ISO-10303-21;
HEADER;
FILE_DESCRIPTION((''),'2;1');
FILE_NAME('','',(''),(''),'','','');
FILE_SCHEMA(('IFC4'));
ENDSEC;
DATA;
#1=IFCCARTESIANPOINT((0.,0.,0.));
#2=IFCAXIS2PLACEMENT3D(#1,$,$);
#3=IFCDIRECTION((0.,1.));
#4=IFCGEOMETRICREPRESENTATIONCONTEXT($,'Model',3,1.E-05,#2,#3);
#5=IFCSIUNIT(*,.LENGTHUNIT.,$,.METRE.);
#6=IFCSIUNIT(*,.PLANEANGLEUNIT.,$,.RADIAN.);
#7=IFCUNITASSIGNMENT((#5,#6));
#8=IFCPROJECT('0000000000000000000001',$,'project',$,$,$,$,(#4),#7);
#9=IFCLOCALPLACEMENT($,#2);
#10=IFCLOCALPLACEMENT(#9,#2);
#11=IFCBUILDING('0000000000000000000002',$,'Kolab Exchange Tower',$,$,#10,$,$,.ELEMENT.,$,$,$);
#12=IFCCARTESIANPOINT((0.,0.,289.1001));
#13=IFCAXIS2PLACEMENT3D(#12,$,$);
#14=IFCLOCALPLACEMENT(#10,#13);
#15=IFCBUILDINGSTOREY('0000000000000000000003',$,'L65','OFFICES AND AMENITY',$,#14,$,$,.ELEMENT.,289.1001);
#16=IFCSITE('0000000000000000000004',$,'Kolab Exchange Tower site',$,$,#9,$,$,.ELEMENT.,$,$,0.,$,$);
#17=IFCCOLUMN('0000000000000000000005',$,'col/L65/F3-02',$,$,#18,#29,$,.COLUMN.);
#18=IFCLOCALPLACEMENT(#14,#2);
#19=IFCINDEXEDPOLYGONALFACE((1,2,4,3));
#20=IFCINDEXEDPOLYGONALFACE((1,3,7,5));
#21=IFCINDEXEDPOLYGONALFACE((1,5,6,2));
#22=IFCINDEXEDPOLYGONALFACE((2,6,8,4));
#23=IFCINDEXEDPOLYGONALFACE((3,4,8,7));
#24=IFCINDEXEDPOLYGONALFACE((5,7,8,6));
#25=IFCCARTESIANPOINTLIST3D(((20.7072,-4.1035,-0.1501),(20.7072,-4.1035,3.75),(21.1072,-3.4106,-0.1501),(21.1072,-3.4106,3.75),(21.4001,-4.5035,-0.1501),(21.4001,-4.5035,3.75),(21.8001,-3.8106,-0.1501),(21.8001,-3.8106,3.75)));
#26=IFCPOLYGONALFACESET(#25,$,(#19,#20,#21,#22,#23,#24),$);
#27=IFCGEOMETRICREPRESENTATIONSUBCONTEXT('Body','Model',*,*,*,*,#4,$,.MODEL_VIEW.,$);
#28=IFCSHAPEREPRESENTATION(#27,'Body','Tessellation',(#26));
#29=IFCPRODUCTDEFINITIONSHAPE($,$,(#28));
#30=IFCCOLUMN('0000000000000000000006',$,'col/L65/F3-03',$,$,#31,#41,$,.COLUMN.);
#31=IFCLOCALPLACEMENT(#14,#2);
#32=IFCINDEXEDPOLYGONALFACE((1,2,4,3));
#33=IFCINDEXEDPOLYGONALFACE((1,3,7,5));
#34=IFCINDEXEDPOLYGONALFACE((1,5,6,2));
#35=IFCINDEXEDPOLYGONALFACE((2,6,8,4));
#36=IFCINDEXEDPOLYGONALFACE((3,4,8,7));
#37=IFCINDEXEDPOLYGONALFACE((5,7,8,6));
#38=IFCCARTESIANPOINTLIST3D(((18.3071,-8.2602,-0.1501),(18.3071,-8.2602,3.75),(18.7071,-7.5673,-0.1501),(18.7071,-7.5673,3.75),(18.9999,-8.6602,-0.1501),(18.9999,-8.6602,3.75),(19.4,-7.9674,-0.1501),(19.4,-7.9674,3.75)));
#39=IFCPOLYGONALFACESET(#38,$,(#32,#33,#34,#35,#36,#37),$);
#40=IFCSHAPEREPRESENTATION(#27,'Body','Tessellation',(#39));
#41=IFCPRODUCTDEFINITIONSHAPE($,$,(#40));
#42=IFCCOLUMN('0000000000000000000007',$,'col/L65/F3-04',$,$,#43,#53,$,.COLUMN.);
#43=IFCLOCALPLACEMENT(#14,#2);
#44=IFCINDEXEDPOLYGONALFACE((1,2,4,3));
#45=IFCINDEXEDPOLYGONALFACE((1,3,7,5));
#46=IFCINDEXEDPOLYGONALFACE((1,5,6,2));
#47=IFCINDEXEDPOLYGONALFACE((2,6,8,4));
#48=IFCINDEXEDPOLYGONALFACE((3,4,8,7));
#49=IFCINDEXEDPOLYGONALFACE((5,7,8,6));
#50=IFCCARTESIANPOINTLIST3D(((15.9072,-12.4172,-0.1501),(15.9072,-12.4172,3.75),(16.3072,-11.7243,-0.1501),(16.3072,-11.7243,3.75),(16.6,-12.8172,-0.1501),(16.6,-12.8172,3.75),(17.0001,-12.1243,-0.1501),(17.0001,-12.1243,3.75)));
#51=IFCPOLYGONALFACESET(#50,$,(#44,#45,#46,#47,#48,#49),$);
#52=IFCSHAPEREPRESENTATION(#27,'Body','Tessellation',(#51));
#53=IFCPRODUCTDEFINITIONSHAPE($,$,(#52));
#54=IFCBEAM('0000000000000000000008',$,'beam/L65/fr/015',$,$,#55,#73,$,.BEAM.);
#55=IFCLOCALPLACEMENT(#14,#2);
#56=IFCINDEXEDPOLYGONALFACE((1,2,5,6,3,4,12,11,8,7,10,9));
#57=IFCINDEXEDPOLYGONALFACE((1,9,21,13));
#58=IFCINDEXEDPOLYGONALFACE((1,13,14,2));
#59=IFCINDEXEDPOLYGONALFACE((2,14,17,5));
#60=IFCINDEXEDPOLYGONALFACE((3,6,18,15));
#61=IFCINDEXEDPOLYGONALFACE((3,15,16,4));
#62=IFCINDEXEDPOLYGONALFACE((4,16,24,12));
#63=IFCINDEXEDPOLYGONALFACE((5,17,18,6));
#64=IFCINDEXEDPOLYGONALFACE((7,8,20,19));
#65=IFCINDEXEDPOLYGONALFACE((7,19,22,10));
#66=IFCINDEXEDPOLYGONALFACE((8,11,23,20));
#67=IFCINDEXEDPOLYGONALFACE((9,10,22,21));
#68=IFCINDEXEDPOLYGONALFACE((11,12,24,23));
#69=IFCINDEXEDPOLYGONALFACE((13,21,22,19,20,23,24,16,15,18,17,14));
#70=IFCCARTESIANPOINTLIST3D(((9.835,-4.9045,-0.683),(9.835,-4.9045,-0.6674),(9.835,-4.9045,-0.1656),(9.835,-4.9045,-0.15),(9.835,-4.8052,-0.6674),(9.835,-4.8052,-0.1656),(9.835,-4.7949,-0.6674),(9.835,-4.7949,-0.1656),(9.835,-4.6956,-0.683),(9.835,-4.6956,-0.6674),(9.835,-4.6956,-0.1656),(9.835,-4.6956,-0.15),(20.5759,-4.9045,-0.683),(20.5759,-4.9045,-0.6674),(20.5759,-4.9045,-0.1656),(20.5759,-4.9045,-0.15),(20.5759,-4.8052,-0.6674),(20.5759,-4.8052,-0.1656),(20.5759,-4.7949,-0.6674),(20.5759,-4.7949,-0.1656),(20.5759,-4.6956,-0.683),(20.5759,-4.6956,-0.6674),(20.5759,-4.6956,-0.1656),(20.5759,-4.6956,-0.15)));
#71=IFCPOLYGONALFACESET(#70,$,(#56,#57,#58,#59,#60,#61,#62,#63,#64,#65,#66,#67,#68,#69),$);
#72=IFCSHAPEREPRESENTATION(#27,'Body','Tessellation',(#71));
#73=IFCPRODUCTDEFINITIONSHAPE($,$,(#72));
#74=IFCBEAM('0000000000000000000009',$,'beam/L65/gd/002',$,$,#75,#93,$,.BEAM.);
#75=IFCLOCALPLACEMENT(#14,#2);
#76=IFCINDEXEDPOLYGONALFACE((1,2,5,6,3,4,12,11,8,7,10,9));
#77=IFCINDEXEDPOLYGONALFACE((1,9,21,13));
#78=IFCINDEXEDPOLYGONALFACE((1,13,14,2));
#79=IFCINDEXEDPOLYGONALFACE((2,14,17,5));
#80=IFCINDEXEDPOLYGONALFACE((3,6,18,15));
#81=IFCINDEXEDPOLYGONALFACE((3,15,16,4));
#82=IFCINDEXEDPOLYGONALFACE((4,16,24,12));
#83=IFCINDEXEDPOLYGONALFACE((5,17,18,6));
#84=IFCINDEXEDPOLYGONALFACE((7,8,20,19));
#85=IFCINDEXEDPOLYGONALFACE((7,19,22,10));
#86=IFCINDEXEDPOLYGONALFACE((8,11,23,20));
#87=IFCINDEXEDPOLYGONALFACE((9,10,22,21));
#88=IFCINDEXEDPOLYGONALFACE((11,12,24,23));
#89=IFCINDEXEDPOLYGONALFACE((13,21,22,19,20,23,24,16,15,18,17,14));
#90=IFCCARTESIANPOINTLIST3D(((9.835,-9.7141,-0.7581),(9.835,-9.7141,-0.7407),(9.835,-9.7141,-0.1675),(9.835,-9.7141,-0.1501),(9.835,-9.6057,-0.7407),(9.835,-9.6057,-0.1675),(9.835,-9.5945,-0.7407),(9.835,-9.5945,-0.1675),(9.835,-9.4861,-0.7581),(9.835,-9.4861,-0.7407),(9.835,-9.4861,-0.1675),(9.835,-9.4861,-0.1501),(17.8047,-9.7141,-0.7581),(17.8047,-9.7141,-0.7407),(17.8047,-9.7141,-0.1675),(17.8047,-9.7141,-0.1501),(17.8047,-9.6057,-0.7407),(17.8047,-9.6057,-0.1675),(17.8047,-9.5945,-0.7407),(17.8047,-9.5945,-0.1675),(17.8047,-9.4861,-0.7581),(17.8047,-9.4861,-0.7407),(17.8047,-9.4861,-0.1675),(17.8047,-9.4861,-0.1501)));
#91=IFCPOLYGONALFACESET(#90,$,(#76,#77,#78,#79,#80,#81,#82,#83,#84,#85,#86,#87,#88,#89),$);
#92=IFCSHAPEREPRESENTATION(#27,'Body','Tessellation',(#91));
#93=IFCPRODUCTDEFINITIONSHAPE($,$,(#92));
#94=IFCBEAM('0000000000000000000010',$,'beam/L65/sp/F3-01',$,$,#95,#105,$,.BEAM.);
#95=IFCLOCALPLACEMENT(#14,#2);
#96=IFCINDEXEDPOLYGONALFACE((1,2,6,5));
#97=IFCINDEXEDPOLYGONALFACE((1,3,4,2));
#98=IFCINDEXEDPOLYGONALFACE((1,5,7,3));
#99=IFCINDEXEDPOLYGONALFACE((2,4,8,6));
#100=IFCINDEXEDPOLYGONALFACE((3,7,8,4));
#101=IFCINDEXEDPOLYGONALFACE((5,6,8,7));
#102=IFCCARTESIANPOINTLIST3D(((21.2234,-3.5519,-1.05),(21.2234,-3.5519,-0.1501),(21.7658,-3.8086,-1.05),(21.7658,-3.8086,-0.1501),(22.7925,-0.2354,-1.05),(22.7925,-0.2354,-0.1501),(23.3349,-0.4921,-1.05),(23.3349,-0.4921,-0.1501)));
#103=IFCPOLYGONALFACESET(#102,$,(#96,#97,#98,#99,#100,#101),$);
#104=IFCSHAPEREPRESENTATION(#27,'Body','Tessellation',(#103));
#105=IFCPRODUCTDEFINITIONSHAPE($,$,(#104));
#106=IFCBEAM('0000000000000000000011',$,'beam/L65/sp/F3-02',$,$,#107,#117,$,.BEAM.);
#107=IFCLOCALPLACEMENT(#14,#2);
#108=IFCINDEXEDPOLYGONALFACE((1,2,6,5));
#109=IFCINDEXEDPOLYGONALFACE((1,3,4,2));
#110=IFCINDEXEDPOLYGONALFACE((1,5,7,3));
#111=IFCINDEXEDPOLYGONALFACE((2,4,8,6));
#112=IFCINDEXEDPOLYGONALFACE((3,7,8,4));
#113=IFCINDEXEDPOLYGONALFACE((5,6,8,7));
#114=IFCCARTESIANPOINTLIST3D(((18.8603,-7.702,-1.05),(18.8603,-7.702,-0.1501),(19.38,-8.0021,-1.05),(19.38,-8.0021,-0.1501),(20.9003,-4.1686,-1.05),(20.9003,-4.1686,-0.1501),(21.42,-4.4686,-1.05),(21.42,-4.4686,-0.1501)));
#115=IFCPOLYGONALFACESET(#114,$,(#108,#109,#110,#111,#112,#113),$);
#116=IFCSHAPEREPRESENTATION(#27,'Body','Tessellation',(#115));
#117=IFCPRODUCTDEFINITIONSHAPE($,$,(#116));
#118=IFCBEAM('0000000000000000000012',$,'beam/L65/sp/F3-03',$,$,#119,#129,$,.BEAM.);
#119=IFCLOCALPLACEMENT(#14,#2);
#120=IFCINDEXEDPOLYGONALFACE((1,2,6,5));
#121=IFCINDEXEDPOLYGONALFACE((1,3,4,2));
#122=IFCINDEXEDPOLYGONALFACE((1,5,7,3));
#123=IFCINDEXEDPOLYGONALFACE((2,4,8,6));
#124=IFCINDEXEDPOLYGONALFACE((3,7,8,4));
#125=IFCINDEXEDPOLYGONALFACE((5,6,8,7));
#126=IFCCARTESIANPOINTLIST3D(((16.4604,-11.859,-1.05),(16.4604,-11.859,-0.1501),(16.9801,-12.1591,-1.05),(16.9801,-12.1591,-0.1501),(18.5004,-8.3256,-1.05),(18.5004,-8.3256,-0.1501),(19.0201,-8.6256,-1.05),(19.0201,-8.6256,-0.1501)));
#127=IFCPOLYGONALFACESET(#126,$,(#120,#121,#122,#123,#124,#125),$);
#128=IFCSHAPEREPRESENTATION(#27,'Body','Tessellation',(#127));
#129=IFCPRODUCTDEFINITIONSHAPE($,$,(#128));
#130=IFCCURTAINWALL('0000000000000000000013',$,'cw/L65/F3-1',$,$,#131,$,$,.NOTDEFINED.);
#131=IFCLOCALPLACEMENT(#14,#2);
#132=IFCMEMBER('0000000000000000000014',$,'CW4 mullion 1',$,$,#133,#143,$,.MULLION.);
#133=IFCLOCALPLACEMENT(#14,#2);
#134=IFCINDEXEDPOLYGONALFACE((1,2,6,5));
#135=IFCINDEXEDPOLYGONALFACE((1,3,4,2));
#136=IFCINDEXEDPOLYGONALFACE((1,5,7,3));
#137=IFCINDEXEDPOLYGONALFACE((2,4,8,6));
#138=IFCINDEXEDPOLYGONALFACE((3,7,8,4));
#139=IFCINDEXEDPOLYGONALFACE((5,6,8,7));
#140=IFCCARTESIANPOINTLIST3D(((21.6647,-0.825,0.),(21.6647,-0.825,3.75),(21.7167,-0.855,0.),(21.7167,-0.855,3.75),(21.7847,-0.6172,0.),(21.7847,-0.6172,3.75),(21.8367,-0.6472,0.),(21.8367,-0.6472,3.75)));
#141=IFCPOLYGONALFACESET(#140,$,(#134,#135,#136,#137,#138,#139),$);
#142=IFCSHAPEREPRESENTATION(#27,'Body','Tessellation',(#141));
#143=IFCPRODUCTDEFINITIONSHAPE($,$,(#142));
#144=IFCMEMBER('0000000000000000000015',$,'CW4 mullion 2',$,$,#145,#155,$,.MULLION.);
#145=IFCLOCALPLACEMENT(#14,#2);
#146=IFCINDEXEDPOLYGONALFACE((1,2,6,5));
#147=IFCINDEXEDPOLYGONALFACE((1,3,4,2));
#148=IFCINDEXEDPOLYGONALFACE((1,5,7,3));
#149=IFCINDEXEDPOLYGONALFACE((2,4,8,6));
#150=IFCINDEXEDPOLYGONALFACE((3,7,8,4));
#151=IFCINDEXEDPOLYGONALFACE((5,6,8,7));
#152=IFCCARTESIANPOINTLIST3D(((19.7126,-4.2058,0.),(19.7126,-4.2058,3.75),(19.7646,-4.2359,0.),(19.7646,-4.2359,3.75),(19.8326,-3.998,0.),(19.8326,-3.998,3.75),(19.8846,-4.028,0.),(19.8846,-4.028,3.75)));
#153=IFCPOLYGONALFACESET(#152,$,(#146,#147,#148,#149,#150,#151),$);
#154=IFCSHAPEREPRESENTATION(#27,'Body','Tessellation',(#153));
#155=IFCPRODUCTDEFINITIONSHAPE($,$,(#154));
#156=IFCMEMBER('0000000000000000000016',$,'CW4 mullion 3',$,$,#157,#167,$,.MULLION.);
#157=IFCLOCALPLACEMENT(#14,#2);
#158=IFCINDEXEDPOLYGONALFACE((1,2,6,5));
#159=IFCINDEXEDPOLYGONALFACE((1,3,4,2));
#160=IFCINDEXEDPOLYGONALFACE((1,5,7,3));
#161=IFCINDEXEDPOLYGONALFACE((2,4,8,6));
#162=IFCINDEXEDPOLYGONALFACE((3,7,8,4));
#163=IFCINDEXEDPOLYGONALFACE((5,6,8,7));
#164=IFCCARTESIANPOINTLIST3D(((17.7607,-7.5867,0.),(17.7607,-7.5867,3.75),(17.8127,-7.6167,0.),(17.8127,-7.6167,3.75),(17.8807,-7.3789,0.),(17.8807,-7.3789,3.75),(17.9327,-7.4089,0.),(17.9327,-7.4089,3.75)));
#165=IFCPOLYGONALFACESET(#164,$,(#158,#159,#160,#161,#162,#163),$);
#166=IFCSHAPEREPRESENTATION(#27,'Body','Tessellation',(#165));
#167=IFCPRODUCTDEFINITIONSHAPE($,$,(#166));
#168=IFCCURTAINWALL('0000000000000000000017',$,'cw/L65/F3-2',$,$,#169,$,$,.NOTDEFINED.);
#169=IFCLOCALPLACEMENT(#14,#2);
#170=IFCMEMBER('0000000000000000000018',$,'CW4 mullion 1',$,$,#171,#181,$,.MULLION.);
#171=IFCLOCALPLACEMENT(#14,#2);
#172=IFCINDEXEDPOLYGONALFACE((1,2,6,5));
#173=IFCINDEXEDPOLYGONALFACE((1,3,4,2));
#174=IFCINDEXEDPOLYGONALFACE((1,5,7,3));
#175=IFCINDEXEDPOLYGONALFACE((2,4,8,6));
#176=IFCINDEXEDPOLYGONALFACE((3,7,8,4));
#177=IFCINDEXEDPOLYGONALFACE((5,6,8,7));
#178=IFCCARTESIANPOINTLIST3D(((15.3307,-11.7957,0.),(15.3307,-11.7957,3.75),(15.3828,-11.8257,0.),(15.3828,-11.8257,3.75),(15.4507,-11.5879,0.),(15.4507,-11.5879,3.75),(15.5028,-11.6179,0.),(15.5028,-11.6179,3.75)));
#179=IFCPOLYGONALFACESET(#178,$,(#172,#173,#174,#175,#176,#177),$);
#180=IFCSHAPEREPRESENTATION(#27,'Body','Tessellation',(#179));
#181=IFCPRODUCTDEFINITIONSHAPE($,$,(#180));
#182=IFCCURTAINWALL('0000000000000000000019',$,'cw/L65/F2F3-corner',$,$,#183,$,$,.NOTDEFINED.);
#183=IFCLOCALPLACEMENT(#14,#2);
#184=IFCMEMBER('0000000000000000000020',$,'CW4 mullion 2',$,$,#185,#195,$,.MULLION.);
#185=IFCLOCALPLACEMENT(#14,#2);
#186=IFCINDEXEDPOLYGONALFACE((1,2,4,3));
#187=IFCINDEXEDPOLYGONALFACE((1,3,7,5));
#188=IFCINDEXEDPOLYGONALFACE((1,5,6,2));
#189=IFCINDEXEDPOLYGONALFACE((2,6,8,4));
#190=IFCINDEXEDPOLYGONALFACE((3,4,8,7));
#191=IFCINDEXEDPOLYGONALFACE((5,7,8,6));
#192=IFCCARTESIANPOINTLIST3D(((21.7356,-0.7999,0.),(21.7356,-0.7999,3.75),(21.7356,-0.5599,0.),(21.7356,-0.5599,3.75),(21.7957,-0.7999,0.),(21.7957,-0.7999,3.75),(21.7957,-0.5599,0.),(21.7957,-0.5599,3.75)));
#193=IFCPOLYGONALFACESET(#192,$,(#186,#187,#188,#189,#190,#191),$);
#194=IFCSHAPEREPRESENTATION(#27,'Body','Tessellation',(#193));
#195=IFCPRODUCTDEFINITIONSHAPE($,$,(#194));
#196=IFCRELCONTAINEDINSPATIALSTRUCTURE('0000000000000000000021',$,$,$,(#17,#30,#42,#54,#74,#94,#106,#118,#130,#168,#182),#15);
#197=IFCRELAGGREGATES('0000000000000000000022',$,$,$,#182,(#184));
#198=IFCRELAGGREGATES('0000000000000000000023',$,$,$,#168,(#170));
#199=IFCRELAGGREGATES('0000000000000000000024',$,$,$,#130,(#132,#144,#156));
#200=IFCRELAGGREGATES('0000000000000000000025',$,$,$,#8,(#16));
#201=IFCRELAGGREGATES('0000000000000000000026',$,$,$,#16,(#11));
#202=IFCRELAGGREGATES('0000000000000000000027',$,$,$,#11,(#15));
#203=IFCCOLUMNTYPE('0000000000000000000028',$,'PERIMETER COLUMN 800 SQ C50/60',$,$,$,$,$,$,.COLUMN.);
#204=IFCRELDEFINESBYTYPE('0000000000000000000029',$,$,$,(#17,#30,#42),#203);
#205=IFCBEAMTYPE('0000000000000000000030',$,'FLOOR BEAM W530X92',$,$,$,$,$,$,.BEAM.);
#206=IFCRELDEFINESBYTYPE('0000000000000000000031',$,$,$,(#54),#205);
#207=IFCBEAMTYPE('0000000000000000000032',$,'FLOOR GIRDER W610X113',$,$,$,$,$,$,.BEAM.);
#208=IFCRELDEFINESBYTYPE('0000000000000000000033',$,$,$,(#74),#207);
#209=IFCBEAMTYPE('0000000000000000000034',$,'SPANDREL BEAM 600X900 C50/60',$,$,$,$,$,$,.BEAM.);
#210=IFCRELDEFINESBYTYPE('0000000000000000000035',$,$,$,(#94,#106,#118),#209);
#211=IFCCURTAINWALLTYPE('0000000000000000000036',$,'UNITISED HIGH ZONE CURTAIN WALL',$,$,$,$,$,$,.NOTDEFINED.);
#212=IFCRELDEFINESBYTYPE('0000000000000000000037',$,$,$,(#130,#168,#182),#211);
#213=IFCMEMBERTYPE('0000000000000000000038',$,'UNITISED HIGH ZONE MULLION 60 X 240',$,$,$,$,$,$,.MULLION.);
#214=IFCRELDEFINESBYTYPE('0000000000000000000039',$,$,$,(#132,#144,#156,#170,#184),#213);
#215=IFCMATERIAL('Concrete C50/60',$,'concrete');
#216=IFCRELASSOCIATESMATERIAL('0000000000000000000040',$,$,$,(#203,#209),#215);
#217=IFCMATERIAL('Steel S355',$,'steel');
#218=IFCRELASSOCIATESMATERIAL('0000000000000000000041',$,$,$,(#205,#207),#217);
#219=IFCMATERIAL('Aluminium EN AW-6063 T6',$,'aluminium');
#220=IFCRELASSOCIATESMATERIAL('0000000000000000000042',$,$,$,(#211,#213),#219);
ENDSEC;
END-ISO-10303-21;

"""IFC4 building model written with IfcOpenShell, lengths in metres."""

from ifc_helpers import new_model, si_unit, direction, frame, origin, origin_2d, place, context, subcontext, project, spatial, rectangle, i_section, extrude, material, material_profile, profile_set, type_object, element, aggregate, save


model = new_model("IFC4")

# Units and contexts
model_context = context("Model", 3, precision=1e-05, world=origin(), true_north=direction((0.0, 1.0)))
body_context = subcontext(model_context, "Body", "Model", "MODEL_VIEW")
ifc_project = project(units=[si_unit("LENGTHUNIT", "METRE"), si_unit("PLANEANGLEUNIT", "RADIAN")], contexts=[model_context])

# Site, building, storey
site_placement = place(None, origin())
site = spatial("IfcSite", under=ifc_project, at=site_placement, Name="Kolab Exchange Tower site", CompositionType="ELEMENT", RefElevation=0.0)
building_placement = place(site_placement, origin())
building = spatial("IfcBuilding", under=site, at=building_placement, Name="Kolab Exchange Tower", CompositionType="ELEMENT")
storey_placement = place(building_placement, frame((0.0, 0.0, 289.1001)))
storey = spatial("IfcBuildingStorey", under=building, at=storey_placement, Name="L65", Description="OFFICES AND AMENITY", CompositionType="ELEMENT", Elevation=289.1001)

# Columns
ifc_material_1 = material(Name="Concrete C50/60", Category="concrete")
ifc_material_profile_1 = material_profile(ifc_material_1, rectangle(XDim=0.8, YDim=0.8, at=origin_2d()), Name="RC800")
ifc_profile_set_1 = profile_set([ifc_material_profile_1], Name="Concrete C50/60")
column_type = type_object("IfcColumnType", Name="PERIMETER COLUMN 800 SQ C50/60", PredefinedType="COLUMN", material=ifc_profile_set_1)
for number, where, z_axis, x_axis, name in (
    (1, (21.2537, -3.957, -0.1501), (0.0, 0.0, 1.0), (0.5, 0.866025, 0.0), "col/L65/F3-02"),
    (2, (18.8535, -8.1138, -0.1501), (0.0, 0.0, 1.0), (0.5, 0.866025, 0.0), "col/L65/F3-03"),
    (3, (16.4536, -12.2708, -0.1501), (0.0, 0.0, 1.0), (0.5, 0.866025, 0.0), "col/L65/F3-04"),
):
    element("IfcColumn", number, at=place(storey_placement, frame(where, z_axis=z_axis, x_axis=x_axis)), inside=storey, type_object=column_type, Name=name, PredefinedType="COLUMN", context=body_context, shape_type="SweptSolid", body=[
        extrude(rectangle(XDim=0.8, YDim=0.8, at=origin_2d()), origin(), (0.0, 0.0, 1.0), 3.9001),
    ])

# Beams
ifc_material_2 = material(Name="Steel S355", Category="steel")
ifc_material_profile_2 = material_profile(ifc_material_2, i_section(OverallWidth=0.209, OverallDepth=0.533, WebThickness=0.0103, FlangeThickness=0.0156, at=origin_2d()), Name="W530X92")
ifc_profile_set_2 = profile_set([ifc_material_profile_2], Name="Steel S355")
beam_type_1 = type_object("IfcBeamType", Name="FLOOR BEAM W530X92", PredefinedType="BEAM", material=ifc_profile_set_2)
beam_1_placement = place(storey_placement, frame((9.835, -4.8, -0.4165), z_axis=(1.0, 0.0, 0.0), x_axis=(0.0, 1.0, 0.0)))
element("IfcBeam", 4, at=beam_1_placement, inside=storey, type_object=beam_type_1, Name="beam/L65/fr/015", PredefinedType="BEAM", context=body_context, shape_type="SweptSolid", body=[
    extrude(i_section(OverallWidth=0.209, OverallDepth=0.533, WebThickness=0.0103, FlangeThickness=0.0156, at=origin_2d()), origin(), (0.0, 0.0, 1.0), 10.741),
])
ifc_material_profile_3 = material_profile(ifc_material_2, i_section(OverallWidth=0.228, OverallDepth=0.6079, WebThickness=0.0112, FlangeThickness=0.0173, at=origin_2d()), Name="W610X113")
ifc_profile_set_3 = profile_set([ifc_material_profile_3], Name="Steel S355")
beam_type_2 = type_object("IfcBeamType", Name="FLOOR GIRDER W610X113", PredefinedType="BEAM", material=ifc_profile_set_3)
beam_2_placement = place(storey_placement, frame((9.835, -9.6001, -0.4541), z_axis=(1.0, 0.0, 0.0), x_axis=(0.0, 1.0, 0.0)))
element("IfcBeam", 5, at=beam_2_placement, inside=storey, type_object=beam_type_2, Name="beam/L65/gd/002", PredefinedType="BEAM", context=body_context, shape_type="SweptSolid", body=[
    extrude(i_section(OverallWidth=0.228, OverallDepth=0.6079, WebThickness=0.0112, FlangeThickness=0.0173, at=origin_2d()), origin(), (0.0, 0.0, 1.0), 7.9697),
])
ifc_material_profile_4 = material_profile(ifc_material_1, rectangle(XDim=0.6001, YDim=0.8999, at=origin_2d()), Name="RC600X900")
ifc_profile_set_4 = profile_set([ifc_material_profile_4], Name="Concrete C50/60")
beam_type_3 = type_object("IfcBeamType", Name="SPANDREL BEAM 600X900 C50/60", PredefinedType="BEAM", material=ifc_profile_set_4)
beam_3_placement = place(storey_placement, frame((23.0637, -0.3638, -0.6001), z_axis=(-0.427677, -0.903932, 0.0), x_axis=(0.903932, -0.427677, 0.0)))
element("IfcBeam", 6, at=beam_3_placement, inside=storey, type_object=beam_type_3, Name="beam/L65/sp/F3-01", PredefinedType="BEAM", context=body_context, shape_type="SweptSolid", body=[
    extrude(rectangle(XDim=0.6001, YDim=0.8999, at=origin_2d()), origin(), (0.0, 0.0, 1.0), 3.6689),
])
for number, where, z_axis, x_axis, name in (
    (7, (21.1602, -4.3186, -0.6001), (-0.5, -0.866025, 0.0), (0.866025, -0.5, 0.0), "beam/L65/sp/F3-02"),
    (8, (18.7603, -8.4756, -0.6001), (-0.5, -0.866025, 0.0), (0.866025, -0.5, 0.0), "beam/L65/sp/F3-03"),
):
    element("IfcBeam", number, at=place(storey_placement, frame(where, z_axis=z_axis, x_axis=x_axis)), inside=storey, type_object=beam_type_3, Name=name, PredefinedType="BEAM", context=body_context, shape_type="SweptSolid", body=[
        extrude(rectangle(XDim=0.6001, YDim=0.8999, at=origin_2d()), origin(), (0.0, 0.0, 1.0), 4.0801),
    ])

# Curtain wall, members
ifc_material_3 = material(Name="Aluminium EN AW-6063 T6", Category="aluminium")
curtain_wall_type = type_object("IfcCurtainWallType", Name="UNITISED HIGH ZONE CURTAIN WALL", PredefinedType="NOTDEFINED", material=ifc_material_3)
curtain_wall_1_placement = place(storey_placement, origin())
curtain_wall_1 = element("IfcCurtainWall", 9, at=curtain_wall_1_placement, inside=storey, type_object=curtain_wall_type, Name="cw/L65/F3-1", PredefinedType="NOTDEFINED")
ifc_material_profile_5 = material_profile(ifc_material_3, rectangle(XDim=0.0601, YDim=0.24, at=origin_2d()), Name="RECT 60X240")
ifc_profile_set_5 = profile_set([ifc_material_profile_5], Name="Aluminium EN AW-6063 T6")
member_type_1 = type_object("IfcMemberType", Name="UNITISED HIGH ZONE MULLION 60 X 240", PredefinedType="MULLION", material=ifc_profile_set_5)
member_1_placement = place(storey_placement, frame((21.7507, -0.7361, 0.0), z_axis=(0.0, 0.0, 1.0), x_axis=(0.866025, -0.5, 0.0)))
member_1 = element("IfcMember", 10, at=member_1_placement, type_object=member_type_1, Name="CW4 mullion 1", PredefinedType="MULLION", context=body_context, shape_type="SweptSolid", body=[
    extrude(rectangle(XDim=0.0601, YDim=0.24, at=origin_2d()), origin(), (0.0, 0.0, 1.0), 3.75),
])
member_2_placement = place(storey_placement, frame((19.7986, -4.1169, 0.0), z_axis=(0.0, 0.0, 1.0), x_axis=(0.866025, -0.5, 0.0)))
member_2 = element("IfcMember", 11, at=member_2_placement, type_object=member_type_1, Name="CW4 mullion 2", PredefinedType="MULLION", context=body_context, shape_type="SweptSolid", body=[
    extrude(rectangle(XDim=0.0601, YDim=0.24, at=origin_2d()), origin(), (0.0, 0.0, 1.0), 3.75),
])
member_3_placement = place(storey_placement, frame((17.8467, -7.4978, 0.0), z_axis=(0.0, 0.0, 1.0), x_axis=(0.866025, -0.5, 0.0)))
member_3 = element("IfcMember", 12, at=member_3_placement, type_object=member_type_1, Name="CW4 mullion 3", PredefinedType="MULLION", context=body_context, shape_type="SweptSolid", body=[
    extrude(rectangle(XDim=0.0601, YDim=0.24, at=origin_2d()), origin(), (0.0, 0.0, 1.0), 3.75),
])

# Curtain walls, members
curtain_wall_2_placement = place(storey_placement, origin())
curtain_wall_2 = element("IfcCurtainWall", 13, at=curtain_wall_2_placement, inside=storey, type_object=curtain_wall_type, Name="cw/L65/F3-2", PredefinedType="NOTDEFINED")
member_4_placement = place(storey_placement, frame((15.4167, -11.7068, 0.0), z_axis=(0.0, 0.0, 1.0), x_axis=(0.866025, -0.5, 0.0)))
member_4 = element("IfcMember", 14, at=member_4_placement, type_object=member_type_1, Name="CW4 mullion 1", PredefinedType="MULLION", context=body_context, shape_type="SweptSolid", body=[
    extrude(rectangle(XDim=0.0601, YDim=0.24, at=origin_2d()), origin(), (0.0, 0.0, 1.0), 3.75),
])
curtain_wall_3_placement = place(storey_placement, origin())
curtain_wall_3 = element("IfcCurtainWall", 15, at=curtain_wall_3_placement, inside=storey, type_object=curtain_wall_type, Name="cw/L65/F2F3-corner", PredefinedType="NOTDEFINED")
member_5_placement = place(storey_placement, frame((21.7656, -0.6799, 0.0), z_axis=(0.0, 0.0, 1.0), x_axis=(1.0, 0.0, 0.0)))
member_5 = element("IfcMember", 16, at=member_5_placement, type_object=member_type_1, Name="CW4 mullion 2", PredefinedType="MULLION", context=body_context, shape_type="SweptSolid", body=[
    extrude(rectangle(XDim=0.0601, YDim=0.24, at=origin_2d()), origin(), (0.0, 0.0, 1.0), 3.75),
])
aggregate(curtain_wall_3, [member_5])

aggregate(curtain_wall_2, [member_4])

aggregate(curtain_wall_1, [member_1, member_2, member_3])

save(model, "model.ifc")
